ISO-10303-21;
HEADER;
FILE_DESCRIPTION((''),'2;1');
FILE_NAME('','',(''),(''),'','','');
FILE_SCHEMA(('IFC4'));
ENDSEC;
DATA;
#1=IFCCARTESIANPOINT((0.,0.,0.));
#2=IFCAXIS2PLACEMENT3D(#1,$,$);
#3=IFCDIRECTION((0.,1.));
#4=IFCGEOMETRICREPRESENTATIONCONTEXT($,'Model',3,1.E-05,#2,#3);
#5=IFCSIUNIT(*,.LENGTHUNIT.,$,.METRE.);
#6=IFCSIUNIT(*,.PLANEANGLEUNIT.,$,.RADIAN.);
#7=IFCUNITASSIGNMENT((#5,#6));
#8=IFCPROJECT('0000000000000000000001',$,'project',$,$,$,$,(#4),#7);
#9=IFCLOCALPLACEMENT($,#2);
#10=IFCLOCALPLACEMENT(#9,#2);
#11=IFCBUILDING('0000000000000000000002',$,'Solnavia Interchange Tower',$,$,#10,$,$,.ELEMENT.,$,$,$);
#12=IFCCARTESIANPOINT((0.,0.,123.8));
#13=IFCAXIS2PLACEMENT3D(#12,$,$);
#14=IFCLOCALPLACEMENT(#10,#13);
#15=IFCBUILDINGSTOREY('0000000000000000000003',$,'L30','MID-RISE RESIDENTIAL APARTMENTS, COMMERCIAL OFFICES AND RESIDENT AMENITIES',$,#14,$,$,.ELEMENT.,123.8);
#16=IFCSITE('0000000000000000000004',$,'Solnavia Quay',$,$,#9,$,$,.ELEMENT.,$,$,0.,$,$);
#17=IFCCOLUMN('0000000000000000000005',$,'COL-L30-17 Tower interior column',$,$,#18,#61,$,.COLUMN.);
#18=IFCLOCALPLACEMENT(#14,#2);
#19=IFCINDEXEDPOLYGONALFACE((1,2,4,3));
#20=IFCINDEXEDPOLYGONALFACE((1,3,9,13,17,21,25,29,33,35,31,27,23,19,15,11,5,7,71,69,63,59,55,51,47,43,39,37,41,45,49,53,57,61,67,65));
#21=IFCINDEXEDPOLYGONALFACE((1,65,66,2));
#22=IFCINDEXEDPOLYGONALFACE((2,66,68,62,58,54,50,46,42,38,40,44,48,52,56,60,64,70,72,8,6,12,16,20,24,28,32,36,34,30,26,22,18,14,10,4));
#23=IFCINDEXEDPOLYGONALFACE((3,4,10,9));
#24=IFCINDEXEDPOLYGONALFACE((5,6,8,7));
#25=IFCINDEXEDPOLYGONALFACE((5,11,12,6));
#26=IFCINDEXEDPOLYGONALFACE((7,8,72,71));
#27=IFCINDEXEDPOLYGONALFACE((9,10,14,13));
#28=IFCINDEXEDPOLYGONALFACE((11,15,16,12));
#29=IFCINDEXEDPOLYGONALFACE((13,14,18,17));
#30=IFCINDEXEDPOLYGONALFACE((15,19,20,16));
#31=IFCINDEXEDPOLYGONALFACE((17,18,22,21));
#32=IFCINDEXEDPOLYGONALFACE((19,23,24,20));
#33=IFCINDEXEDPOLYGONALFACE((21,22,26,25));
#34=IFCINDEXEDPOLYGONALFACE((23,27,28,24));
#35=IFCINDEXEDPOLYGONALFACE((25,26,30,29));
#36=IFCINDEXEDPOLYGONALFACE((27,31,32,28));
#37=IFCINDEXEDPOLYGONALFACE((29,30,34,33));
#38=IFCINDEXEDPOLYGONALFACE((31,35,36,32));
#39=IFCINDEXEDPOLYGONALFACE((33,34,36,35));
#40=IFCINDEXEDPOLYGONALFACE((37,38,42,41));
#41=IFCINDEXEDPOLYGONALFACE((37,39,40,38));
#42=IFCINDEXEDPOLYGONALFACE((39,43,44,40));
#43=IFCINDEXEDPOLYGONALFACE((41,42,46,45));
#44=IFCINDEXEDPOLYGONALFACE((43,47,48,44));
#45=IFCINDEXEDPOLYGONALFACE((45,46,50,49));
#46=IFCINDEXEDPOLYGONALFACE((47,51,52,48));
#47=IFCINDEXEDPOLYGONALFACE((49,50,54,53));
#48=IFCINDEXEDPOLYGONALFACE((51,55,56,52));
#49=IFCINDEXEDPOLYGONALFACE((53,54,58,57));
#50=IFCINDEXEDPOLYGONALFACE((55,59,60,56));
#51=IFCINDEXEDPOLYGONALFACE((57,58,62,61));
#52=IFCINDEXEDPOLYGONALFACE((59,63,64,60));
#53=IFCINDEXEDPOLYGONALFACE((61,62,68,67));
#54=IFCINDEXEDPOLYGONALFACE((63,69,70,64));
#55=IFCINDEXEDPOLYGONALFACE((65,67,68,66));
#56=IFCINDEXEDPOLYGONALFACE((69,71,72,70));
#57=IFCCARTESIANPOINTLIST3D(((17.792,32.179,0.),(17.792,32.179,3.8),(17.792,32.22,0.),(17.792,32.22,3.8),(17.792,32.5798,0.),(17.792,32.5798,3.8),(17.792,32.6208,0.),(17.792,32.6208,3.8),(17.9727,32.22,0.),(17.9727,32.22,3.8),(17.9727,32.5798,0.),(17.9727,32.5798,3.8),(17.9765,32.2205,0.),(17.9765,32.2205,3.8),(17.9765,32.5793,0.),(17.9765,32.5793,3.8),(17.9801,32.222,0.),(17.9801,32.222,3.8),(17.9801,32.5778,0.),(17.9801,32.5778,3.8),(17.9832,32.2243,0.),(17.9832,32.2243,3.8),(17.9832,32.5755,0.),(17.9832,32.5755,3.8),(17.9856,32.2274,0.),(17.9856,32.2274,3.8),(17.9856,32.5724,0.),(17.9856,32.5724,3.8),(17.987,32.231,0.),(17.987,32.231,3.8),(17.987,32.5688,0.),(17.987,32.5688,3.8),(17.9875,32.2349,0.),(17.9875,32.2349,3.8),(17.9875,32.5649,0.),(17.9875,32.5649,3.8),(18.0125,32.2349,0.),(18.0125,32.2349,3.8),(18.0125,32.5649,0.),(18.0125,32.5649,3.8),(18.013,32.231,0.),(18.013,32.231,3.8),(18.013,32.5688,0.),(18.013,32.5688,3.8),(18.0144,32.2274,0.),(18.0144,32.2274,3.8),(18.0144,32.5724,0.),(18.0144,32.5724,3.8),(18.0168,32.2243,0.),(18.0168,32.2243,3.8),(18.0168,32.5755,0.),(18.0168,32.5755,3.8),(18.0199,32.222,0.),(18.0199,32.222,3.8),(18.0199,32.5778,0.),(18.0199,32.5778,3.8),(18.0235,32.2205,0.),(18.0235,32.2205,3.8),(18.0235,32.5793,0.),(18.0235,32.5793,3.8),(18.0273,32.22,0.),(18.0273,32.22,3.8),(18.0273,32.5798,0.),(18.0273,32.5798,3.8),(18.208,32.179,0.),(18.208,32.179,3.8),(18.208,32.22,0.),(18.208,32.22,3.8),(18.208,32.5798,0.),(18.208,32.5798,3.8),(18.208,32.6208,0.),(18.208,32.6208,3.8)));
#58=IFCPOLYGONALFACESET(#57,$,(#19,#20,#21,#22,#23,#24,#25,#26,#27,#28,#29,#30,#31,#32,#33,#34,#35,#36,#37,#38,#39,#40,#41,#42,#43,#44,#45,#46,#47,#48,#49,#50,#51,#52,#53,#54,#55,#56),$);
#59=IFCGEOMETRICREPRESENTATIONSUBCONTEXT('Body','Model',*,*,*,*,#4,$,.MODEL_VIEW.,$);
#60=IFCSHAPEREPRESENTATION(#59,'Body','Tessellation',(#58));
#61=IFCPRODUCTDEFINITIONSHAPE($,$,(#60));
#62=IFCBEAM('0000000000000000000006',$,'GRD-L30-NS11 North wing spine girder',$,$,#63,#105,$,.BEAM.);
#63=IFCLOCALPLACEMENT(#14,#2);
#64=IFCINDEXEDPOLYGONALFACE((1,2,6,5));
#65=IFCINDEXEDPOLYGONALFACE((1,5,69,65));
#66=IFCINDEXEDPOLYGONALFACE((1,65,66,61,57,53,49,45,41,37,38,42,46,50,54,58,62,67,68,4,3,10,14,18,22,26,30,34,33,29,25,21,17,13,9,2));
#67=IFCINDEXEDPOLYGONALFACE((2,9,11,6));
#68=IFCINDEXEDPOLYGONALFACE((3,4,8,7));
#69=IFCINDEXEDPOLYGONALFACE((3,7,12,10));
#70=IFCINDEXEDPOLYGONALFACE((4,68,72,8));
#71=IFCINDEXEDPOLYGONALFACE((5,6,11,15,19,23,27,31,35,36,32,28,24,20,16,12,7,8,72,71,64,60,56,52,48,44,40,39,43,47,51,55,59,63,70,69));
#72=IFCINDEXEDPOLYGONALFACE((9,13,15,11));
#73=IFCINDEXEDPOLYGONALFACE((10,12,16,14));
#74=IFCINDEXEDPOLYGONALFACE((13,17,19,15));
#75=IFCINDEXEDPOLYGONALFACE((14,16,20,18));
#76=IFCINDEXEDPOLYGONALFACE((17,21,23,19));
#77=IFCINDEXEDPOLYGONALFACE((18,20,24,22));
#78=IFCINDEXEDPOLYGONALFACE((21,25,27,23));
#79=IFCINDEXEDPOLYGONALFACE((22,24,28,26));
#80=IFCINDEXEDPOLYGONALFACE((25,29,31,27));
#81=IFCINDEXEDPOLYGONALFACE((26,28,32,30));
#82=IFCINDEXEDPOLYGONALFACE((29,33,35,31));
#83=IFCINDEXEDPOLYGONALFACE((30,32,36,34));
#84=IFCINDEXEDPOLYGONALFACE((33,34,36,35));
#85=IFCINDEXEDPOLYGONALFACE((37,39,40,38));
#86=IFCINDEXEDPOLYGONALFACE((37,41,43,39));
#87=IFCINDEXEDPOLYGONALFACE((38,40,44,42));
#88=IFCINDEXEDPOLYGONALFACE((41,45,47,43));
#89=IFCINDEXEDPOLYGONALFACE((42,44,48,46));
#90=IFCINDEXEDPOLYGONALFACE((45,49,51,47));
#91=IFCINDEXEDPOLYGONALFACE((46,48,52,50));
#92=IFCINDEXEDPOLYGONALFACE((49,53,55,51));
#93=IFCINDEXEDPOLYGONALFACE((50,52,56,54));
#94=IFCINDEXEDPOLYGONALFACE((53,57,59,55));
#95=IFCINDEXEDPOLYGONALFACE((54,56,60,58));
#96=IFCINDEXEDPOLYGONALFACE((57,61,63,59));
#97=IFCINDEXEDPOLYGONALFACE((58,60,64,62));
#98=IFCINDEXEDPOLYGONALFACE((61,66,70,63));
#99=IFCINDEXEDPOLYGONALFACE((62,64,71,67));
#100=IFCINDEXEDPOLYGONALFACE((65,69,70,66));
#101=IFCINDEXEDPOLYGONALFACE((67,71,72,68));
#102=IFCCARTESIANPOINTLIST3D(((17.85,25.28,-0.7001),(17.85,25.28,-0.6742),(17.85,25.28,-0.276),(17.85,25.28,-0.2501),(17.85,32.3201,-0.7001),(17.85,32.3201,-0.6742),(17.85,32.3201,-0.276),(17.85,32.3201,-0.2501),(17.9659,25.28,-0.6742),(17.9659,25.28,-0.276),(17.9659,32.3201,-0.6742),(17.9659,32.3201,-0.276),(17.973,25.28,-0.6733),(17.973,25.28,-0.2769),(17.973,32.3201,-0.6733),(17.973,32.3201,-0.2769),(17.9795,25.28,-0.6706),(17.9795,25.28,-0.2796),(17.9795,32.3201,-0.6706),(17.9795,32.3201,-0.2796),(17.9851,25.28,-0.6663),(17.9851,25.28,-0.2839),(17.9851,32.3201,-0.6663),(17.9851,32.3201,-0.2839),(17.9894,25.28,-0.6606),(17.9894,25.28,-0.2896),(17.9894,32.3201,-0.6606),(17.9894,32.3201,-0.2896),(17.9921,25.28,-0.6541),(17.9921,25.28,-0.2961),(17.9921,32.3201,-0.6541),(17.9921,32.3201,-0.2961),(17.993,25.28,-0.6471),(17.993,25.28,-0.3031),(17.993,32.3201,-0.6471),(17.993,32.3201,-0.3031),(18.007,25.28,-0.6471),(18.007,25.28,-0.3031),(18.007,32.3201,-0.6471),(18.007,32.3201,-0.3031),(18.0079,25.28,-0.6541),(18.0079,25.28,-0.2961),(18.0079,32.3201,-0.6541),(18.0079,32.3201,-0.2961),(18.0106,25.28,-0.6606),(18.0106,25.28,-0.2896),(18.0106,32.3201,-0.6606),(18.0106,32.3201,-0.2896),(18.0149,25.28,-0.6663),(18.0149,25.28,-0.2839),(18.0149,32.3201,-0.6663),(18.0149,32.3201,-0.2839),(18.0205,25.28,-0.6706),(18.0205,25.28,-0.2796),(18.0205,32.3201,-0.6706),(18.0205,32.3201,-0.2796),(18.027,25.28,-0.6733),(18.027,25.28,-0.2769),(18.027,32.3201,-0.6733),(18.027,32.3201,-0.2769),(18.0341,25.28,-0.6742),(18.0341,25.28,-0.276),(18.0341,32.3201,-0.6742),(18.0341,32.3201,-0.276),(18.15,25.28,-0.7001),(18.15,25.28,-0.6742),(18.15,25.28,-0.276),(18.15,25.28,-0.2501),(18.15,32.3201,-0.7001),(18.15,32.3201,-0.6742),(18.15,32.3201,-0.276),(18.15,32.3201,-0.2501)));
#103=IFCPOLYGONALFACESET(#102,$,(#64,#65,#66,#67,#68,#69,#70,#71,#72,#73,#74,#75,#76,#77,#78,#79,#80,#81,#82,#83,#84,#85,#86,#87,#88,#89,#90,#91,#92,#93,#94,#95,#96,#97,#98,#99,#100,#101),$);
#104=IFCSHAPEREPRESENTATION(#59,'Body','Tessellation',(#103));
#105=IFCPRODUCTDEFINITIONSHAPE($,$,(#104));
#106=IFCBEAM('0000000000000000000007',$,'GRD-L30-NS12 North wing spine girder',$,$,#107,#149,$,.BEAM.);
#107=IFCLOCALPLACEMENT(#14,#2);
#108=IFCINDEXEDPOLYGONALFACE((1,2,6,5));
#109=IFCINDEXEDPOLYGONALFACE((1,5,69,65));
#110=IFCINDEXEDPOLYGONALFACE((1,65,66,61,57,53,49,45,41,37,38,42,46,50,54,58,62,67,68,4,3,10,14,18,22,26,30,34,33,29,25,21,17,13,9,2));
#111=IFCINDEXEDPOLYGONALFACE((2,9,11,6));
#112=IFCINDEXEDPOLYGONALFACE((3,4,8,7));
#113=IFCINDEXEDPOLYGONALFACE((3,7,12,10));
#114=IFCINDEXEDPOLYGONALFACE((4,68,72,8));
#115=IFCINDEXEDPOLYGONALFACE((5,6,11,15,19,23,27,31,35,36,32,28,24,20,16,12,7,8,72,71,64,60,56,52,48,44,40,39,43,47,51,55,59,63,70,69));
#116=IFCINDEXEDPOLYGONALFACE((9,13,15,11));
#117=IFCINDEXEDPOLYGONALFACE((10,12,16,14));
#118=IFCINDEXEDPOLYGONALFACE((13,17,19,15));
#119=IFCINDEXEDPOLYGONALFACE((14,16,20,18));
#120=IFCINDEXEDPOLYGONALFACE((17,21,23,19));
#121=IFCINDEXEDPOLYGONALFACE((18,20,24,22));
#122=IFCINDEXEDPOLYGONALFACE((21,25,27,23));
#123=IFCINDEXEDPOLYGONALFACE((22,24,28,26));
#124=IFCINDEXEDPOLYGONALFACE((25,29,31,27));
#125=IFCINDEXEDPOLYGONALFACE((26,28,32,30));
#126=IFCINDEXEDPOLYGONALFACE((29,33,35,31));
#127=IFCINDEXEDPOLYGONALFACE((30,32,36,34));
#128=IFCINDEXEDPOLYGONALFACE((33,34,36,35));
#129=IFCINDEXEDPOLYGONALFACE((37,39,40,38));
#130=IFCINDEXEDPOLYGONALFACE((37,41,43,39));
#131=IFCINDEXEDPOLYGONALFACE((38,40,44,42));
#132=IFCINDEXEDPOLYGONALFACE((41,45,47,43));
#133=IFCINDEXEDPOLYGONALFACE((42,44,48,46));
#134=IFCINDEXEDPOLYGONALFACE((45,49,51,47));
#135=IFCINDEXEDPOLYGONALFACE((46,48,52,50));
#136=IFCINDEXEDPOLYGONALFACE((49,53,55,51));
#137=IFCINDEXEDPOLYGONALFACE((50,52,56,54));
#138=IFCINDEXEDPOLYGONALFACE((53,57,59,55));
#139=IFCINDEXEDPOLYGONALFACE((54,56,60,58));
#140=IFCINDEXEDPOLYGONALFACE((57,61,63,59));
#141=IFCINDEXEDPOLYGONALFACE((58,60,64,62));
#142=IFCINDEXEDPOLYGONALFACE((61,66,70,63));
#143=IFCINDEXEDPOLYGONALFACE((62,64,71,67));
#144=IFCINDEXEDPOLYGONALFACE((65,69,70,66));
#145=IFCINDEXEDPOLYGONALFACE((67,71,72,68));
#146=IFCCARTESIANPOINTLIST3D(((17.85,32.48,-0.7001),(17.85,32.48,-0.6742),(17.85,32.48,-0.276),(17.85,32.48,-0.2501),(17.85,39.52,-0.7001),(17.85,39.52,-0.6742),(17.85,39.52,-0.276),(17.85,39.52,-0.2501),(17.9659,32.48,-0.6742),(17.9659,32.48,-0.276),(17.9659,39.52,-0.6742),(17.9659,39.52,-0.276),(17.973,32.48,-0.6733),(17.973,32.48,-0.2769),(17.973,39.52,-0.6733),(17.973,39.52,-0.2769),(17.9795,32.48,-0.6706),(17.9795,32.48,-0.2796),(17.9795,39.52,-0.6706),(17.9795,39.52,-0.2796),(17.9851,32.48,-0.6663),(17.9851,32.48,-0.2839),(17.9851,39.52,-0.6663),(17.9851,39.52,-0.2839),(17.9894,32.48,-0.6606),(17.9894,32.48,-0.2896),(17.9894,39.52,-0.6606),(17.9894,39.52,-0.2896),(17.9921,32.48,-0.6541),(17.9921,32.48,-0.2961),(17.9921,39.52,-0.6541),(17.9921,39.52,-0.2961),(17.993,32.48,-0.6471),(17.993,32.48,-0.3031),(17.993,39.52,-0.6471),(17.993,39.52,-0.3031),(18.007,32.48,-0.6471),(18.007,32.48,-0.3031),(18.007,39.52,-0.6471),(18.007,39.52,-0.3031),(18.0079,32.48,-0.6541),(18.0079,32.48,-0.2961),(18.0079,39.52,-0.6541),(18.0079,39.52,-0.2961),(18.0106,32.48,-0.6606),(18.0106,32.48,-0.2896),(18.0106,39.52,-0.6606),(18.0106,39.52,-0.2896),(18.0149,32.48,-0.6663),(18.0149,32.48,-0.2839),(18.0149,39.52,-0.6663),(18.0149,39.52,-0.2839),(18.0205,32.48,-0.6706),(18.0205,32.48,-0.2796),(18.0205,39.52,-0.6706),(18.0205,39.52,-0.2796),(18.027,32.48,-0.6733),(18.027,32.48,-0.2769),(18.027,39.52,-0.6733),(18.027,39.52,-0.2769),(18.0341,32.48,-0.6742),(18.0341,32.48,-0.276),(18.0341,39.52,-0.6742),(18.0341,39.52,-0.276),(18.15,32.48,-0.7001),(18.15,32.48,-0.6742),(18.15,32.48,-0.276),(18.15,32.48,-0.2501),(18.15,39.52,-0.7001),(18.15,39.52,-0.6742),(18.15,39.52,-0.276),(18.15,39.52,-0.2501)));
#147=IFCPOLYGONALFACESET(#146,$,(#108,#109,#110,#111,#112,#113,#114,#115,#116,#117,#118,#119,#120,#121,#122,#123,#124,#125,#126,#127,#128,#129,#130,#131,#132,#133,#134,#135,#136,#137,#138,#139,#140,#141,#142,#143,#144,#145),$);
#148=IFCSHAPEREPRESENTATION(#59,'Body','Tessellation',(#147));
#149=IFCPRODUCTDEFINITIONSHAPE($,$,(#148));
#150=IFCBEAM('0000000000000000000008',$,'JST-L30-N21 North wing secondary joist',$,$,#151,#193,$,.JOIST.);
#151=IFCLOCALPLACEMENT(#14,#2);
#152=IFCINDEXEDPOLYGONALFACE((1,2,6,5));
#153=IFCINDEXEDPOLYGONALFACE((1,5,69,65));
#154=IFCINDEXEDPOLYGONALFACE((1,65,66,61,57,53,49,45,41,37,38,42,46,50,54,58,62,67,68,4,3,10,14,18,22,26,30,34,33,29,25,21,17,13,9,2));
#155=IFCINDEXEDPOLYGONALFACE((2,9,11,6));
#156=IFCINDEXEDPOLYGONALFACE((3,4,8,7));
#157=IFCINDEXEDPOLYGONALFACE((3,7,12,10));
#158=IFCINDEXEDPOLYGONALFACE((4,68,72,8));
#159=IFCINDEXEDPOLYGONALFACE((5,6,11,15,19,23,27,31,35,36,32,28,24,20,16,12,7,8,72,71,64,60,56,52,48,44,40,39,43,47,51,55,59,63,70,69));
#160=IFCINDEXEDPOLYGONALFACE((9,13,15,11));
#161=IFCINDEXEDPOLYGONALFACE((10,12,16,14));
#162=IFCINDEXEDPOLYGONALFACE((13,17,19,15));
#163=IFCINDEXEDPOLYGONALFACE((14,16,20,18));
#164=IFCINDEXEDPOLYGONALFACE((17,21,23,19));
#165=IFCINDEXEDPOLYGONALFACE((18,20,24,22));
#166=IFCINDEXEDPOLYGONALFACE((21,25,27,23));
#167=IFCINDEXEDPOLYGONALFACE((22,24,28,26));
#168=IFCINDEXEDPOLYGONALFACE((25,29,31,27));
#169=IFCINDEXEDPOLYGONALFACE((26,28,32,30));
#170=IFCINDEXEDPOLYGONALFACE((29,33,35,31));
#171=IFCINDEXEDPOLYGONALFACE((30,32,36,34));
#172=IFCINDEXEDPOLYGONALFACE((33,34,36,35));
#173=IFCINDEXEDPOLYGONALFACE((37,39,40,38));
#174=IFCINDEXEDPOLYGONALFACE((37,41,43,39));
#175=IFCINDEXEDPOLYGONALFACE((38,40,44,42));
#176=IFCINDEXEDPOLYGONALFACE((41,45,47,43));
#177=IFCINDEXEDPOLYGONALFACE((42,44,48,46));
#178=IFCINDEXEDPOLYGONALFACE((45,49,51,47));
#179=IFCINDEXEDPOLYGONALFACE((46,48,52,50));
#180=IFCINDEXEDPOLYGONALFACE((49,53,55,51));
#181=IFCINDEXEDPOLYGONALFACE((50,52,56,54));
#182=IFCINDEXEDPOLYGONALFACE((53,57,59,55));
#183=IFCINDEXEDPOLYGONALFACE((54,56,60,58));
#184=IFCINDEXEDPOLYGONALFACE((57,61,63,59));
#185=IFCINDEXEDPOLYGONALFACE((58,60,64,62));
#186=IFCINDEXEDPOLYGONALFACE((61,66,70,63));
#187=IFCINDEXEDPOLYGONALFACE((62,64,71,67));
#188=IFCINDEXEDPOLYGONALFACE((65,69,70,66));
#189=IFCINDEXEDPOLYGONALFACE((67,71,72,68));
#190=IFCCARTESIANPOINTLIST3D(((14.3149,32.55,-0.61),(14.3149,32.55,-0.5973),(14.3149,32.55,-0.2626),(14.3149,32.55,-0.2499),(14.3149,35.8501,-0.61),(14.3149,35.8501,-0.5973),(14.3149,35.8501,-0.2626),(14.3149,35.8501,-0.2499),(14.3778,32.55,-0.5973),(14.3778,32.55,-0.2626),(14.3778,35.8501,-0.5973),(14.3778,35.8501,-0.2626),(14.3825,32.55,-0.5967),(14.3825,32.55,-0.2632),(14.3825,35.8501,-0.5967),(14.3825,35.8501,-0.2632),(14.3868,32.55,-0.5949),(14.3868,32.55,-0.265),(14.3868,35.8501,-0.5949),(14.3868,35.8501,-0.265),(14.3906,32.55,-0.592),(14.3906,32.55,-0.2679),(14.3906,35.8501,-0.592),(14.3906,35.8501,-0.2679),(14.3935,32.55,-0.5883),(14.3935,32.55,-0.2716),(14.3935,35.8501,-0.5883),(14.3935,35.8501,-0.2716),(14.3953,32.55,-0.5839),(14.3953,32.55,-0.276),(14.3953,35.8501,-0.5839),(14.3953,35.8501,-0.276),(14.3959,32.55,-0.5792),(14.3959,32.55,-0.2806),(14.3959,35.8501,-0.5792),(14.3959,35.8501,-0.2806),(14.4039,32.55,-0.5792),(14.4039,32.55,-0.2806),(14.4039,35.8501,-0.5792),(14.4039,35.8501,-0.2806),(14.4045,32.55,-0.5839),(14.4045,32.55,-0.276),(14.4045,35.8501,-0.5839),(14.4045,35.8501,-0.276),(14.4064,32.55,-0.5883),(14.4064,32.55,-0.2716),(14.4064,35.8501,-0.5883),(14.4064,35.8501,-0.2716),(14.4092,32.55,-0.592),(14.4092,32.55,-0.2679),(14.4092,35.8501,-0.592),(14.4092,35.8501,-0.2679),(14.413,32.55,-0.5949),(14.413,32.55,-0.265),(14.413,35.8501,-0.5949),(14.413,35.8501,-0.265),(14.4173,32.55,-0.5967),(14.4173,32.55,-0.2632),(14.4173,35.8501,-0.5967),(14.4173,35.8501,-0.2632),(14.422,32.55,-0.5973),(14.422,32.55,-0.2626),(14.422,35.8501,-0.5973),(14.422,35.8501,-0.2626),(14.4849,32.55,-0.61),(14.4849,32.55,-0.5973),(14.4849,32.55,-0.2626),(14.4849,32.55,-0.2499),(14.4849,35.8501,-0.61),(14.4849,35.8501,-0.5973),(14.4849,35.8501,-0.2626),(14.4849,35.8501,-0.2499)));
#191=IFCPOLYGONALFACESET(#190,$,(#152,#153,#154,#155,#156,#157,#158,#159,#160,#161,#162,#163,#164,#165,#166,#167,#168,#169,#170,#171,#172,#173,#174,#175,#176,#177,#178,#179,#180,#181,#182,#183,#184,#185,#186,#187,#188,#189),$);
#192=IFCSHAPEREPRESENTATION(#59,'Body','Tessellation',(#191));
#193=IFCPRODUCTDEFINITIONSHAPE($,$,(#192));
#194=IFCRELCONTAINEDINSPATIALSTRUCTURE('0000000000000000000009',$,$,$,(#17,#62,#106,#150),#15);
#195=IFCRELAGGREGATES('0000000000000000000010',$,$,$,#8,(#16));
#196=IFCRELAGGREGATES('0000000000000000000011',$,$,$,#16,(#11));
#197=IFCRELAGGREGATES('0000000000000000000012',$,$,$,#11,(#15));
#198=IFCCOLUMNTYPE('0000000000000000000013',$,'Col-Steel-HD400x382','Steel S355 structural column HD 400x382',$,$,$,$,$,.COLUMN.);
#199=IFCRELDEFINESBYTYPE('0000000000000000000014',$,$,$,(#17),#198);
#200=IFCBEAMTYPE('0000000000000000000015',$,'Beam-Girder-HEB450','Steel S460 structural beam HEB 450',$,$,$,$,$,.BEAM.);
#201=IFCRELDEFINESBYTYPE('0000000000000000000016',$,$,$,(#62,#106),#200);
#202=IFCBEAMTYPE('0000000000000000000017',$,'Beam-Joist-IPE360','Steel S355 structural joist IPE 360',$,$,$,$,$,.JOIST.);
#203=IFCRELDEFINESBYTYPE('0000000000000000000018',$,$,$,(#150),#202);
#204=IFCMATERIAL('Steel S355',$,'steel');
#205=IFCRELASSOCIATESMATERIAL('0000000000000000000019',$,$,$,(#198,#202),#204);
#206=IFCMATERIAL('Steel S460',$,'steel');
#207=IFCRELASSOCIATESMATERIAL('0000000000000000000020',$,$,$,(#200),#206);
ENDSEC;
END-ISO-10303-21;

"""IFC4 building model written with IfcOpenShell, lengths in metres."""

from ifc_helpers import new_model, si_unit, direction, frame, origin, origin_2d, place, context, subcontext, project, spatial, i_section, extrude, material, material_profile, profile_set, type_object, element, save


model = new_model("IFC4")

# Units and contexts
model_context = context("Model", 3, precision=1e-05, world=origin(), true_north=direction((0.0, 1.0)))
body_context = subcontext(model_context, "Body", "Model", "MODEL_VIEW")
ifc_project = project(units=[si_unit("LENGTHUNIT", "METRE"), si_unit("PLANEANGLEUNIT", "RADIAN")], contexts=[model_context])

# Site, building, storey
site_placement = place(None, origin())
site = spatial("IfcSite", under=ifc_project, at=site_placement, Name="Solnavia Quay", CompositionType="ELEMENT", RefElevation=0.0)
building_placement = place(site_placement, origin())
building = spatial("IfcBuilding", under=site, at=building_placement, Name="Solnavia Interchange Tower", CompositionType="ELEMENT")
storey_placement = place(building_placement, frame((0.0, 0.0, 123.8)))
storey = spatial("IfcBuildingStorey", under=building, at=storey_placement, Name="L30", Description="MID-RISE RESIDENTIAL APARTMENTS, COMMERCIAL OFFICES AND RESIDENT AMENITIES", CompositionType="ELEMENT", Elevation=123.8)

# Column
ifc_material_1 = material(Name="Steel S355", Category="steel")
ifc_material_profile_1 = material_profile(ifc_material_1, i_section(OverallWidth=0.416, OverallDepth=0.4419, WebThickness=0.0249, FlangeThickness=0.041, FilletRadius=0.0149, at=origin_2d()), Name="HD 400x382")
ifc_profile_set_1 = profile_set([ifc_material_profile_1], Name="Steel S355")
column_type = type_object("IfcColumnType", Name="Col-Steel-HD400x382", Description="Steel S355 structural column HD 400x382", PredefinedType="COLUMN", material=ifc_profile_set_1)
column_placement = place(storey_placement, frame((18.0, 32.3999, 0.0), z_axis=(0.0, 0.0, 1.0), x_axis=(1.0, 0.0, 0.0)))
element("IfcColumn", 1, at=column_placement, inside=storey, type_object=column_type, Name="COL-L30-17 Tower interior column", PredefinedType="COLUMN", context=body_context, shape_type="SweptSolid", body=[
    extrude(i_section(OverallWidth=0.416, OverallDepth=0.4419, WebThickness=0.0249, FlangeThickness=0.041, FilletRadius=0.0149, at=origin_2d()), origin(), (0.0, 0.0, 1.0), 3.8),
])

# Beams
ifc_material_2 = material(Name="Steel S460", Category="steel")
ifc_material_profile_2 = material_profile(ifc_material_2, i_section(OverallWidth=0.3, OverallDepth=0.45, WebThickness=0.0139, FlangeThickness=0.0259, FilletRadius=0.0271, at=origin_2d()), Name="HEB 450")
ifc_profile_set_2 = profile_set([ifc_material_profile_2], Name="Steel S460")
beam_type_1 = type_object("IfcBeamType", Name="Beam-Girder-HEB450", Description="Steel S460 structural beam HEB 450", PredefinedType="BEAM", material=ifc_profile_set_2)
for number, where, z_axis, x_axis, name in (
    (2, (18.0, 25.28, -0.4751), (0.0, 1.0, 0.0), (-1.0, 0.0, 0.0), "GRD-L30-NS11 North wing spine girder"),
    (3, (18.0, 32.48, -0.4751), (0.0, 1.0, 0.0), (-1.0, 0.0, 0.0), "GRD-L30-NS12 North wing spine girder"),
):
    element("IfcBeam", number, at=place(storey_placement, frame(where, z_axis=z_axis, x_axis=x_axis)), inside=storey, type_object=beam_type_1, Name=name, PredefinedType="BEAM", context=body_context, shape_type="SweptSolid", body=[
        extrude(i_section(OverallWidth=0.3, OverallDepth=0.45, WebThickness=0.0139, FlangeThickness=0.0259, FilletRadius=0.0271, at=origin_2d()), origin(), (0.0, 0.0, 1.0), 7.04),
    ])
ifc_material_profile_3 = material_profile(ifc_material_1, i_section(OverallWidth=0.1699, OverallDepth=0.3601, WebThickness=0.0081, FlangeThickness=0.0127, FilletRadius=0.0181, at=origin_2d()), Name="IPE 360")
ifc_profile_set_3 = profile_set([ifc_material_profile_3], Name="Steel S355")
beam_type_2 = type_object("IfcBeamType", Name="Beam-Joist-IPE360", Description="Steel S355 structural joist IPE 360", PredefinedType="JOIST", material=ifc_profile_set_3)
for number, where, z_axis, x_axis, name in (
    (4, (14.3999, 32.55, -0.4299), (0.0, 1.0, 0.0), (-1.0, 0.0, 0.0), "JST-L30-N21 North wing secondary joist"),
):
    element("IfcBeam", number, at=place(storey_placement, frame(where, z_axis=z_axis, x_axis=x_axis)), inside=storey, type_object=beam_type_2, Name=name, PredefinedType="JOIST", context=body_context, shape_type="SweptSolid", body=[
        extrude(i_section(OverallWidth=0.1699, OverallDepth=0.3601, WebThickness=0.0081, FlangeThickness=0.0127, FilletRadius=0.0181, at=origin_2d()), origin(), (0.0, 0.0, 1.0), 3.3),
    ])

save(model, "model.ifc")
